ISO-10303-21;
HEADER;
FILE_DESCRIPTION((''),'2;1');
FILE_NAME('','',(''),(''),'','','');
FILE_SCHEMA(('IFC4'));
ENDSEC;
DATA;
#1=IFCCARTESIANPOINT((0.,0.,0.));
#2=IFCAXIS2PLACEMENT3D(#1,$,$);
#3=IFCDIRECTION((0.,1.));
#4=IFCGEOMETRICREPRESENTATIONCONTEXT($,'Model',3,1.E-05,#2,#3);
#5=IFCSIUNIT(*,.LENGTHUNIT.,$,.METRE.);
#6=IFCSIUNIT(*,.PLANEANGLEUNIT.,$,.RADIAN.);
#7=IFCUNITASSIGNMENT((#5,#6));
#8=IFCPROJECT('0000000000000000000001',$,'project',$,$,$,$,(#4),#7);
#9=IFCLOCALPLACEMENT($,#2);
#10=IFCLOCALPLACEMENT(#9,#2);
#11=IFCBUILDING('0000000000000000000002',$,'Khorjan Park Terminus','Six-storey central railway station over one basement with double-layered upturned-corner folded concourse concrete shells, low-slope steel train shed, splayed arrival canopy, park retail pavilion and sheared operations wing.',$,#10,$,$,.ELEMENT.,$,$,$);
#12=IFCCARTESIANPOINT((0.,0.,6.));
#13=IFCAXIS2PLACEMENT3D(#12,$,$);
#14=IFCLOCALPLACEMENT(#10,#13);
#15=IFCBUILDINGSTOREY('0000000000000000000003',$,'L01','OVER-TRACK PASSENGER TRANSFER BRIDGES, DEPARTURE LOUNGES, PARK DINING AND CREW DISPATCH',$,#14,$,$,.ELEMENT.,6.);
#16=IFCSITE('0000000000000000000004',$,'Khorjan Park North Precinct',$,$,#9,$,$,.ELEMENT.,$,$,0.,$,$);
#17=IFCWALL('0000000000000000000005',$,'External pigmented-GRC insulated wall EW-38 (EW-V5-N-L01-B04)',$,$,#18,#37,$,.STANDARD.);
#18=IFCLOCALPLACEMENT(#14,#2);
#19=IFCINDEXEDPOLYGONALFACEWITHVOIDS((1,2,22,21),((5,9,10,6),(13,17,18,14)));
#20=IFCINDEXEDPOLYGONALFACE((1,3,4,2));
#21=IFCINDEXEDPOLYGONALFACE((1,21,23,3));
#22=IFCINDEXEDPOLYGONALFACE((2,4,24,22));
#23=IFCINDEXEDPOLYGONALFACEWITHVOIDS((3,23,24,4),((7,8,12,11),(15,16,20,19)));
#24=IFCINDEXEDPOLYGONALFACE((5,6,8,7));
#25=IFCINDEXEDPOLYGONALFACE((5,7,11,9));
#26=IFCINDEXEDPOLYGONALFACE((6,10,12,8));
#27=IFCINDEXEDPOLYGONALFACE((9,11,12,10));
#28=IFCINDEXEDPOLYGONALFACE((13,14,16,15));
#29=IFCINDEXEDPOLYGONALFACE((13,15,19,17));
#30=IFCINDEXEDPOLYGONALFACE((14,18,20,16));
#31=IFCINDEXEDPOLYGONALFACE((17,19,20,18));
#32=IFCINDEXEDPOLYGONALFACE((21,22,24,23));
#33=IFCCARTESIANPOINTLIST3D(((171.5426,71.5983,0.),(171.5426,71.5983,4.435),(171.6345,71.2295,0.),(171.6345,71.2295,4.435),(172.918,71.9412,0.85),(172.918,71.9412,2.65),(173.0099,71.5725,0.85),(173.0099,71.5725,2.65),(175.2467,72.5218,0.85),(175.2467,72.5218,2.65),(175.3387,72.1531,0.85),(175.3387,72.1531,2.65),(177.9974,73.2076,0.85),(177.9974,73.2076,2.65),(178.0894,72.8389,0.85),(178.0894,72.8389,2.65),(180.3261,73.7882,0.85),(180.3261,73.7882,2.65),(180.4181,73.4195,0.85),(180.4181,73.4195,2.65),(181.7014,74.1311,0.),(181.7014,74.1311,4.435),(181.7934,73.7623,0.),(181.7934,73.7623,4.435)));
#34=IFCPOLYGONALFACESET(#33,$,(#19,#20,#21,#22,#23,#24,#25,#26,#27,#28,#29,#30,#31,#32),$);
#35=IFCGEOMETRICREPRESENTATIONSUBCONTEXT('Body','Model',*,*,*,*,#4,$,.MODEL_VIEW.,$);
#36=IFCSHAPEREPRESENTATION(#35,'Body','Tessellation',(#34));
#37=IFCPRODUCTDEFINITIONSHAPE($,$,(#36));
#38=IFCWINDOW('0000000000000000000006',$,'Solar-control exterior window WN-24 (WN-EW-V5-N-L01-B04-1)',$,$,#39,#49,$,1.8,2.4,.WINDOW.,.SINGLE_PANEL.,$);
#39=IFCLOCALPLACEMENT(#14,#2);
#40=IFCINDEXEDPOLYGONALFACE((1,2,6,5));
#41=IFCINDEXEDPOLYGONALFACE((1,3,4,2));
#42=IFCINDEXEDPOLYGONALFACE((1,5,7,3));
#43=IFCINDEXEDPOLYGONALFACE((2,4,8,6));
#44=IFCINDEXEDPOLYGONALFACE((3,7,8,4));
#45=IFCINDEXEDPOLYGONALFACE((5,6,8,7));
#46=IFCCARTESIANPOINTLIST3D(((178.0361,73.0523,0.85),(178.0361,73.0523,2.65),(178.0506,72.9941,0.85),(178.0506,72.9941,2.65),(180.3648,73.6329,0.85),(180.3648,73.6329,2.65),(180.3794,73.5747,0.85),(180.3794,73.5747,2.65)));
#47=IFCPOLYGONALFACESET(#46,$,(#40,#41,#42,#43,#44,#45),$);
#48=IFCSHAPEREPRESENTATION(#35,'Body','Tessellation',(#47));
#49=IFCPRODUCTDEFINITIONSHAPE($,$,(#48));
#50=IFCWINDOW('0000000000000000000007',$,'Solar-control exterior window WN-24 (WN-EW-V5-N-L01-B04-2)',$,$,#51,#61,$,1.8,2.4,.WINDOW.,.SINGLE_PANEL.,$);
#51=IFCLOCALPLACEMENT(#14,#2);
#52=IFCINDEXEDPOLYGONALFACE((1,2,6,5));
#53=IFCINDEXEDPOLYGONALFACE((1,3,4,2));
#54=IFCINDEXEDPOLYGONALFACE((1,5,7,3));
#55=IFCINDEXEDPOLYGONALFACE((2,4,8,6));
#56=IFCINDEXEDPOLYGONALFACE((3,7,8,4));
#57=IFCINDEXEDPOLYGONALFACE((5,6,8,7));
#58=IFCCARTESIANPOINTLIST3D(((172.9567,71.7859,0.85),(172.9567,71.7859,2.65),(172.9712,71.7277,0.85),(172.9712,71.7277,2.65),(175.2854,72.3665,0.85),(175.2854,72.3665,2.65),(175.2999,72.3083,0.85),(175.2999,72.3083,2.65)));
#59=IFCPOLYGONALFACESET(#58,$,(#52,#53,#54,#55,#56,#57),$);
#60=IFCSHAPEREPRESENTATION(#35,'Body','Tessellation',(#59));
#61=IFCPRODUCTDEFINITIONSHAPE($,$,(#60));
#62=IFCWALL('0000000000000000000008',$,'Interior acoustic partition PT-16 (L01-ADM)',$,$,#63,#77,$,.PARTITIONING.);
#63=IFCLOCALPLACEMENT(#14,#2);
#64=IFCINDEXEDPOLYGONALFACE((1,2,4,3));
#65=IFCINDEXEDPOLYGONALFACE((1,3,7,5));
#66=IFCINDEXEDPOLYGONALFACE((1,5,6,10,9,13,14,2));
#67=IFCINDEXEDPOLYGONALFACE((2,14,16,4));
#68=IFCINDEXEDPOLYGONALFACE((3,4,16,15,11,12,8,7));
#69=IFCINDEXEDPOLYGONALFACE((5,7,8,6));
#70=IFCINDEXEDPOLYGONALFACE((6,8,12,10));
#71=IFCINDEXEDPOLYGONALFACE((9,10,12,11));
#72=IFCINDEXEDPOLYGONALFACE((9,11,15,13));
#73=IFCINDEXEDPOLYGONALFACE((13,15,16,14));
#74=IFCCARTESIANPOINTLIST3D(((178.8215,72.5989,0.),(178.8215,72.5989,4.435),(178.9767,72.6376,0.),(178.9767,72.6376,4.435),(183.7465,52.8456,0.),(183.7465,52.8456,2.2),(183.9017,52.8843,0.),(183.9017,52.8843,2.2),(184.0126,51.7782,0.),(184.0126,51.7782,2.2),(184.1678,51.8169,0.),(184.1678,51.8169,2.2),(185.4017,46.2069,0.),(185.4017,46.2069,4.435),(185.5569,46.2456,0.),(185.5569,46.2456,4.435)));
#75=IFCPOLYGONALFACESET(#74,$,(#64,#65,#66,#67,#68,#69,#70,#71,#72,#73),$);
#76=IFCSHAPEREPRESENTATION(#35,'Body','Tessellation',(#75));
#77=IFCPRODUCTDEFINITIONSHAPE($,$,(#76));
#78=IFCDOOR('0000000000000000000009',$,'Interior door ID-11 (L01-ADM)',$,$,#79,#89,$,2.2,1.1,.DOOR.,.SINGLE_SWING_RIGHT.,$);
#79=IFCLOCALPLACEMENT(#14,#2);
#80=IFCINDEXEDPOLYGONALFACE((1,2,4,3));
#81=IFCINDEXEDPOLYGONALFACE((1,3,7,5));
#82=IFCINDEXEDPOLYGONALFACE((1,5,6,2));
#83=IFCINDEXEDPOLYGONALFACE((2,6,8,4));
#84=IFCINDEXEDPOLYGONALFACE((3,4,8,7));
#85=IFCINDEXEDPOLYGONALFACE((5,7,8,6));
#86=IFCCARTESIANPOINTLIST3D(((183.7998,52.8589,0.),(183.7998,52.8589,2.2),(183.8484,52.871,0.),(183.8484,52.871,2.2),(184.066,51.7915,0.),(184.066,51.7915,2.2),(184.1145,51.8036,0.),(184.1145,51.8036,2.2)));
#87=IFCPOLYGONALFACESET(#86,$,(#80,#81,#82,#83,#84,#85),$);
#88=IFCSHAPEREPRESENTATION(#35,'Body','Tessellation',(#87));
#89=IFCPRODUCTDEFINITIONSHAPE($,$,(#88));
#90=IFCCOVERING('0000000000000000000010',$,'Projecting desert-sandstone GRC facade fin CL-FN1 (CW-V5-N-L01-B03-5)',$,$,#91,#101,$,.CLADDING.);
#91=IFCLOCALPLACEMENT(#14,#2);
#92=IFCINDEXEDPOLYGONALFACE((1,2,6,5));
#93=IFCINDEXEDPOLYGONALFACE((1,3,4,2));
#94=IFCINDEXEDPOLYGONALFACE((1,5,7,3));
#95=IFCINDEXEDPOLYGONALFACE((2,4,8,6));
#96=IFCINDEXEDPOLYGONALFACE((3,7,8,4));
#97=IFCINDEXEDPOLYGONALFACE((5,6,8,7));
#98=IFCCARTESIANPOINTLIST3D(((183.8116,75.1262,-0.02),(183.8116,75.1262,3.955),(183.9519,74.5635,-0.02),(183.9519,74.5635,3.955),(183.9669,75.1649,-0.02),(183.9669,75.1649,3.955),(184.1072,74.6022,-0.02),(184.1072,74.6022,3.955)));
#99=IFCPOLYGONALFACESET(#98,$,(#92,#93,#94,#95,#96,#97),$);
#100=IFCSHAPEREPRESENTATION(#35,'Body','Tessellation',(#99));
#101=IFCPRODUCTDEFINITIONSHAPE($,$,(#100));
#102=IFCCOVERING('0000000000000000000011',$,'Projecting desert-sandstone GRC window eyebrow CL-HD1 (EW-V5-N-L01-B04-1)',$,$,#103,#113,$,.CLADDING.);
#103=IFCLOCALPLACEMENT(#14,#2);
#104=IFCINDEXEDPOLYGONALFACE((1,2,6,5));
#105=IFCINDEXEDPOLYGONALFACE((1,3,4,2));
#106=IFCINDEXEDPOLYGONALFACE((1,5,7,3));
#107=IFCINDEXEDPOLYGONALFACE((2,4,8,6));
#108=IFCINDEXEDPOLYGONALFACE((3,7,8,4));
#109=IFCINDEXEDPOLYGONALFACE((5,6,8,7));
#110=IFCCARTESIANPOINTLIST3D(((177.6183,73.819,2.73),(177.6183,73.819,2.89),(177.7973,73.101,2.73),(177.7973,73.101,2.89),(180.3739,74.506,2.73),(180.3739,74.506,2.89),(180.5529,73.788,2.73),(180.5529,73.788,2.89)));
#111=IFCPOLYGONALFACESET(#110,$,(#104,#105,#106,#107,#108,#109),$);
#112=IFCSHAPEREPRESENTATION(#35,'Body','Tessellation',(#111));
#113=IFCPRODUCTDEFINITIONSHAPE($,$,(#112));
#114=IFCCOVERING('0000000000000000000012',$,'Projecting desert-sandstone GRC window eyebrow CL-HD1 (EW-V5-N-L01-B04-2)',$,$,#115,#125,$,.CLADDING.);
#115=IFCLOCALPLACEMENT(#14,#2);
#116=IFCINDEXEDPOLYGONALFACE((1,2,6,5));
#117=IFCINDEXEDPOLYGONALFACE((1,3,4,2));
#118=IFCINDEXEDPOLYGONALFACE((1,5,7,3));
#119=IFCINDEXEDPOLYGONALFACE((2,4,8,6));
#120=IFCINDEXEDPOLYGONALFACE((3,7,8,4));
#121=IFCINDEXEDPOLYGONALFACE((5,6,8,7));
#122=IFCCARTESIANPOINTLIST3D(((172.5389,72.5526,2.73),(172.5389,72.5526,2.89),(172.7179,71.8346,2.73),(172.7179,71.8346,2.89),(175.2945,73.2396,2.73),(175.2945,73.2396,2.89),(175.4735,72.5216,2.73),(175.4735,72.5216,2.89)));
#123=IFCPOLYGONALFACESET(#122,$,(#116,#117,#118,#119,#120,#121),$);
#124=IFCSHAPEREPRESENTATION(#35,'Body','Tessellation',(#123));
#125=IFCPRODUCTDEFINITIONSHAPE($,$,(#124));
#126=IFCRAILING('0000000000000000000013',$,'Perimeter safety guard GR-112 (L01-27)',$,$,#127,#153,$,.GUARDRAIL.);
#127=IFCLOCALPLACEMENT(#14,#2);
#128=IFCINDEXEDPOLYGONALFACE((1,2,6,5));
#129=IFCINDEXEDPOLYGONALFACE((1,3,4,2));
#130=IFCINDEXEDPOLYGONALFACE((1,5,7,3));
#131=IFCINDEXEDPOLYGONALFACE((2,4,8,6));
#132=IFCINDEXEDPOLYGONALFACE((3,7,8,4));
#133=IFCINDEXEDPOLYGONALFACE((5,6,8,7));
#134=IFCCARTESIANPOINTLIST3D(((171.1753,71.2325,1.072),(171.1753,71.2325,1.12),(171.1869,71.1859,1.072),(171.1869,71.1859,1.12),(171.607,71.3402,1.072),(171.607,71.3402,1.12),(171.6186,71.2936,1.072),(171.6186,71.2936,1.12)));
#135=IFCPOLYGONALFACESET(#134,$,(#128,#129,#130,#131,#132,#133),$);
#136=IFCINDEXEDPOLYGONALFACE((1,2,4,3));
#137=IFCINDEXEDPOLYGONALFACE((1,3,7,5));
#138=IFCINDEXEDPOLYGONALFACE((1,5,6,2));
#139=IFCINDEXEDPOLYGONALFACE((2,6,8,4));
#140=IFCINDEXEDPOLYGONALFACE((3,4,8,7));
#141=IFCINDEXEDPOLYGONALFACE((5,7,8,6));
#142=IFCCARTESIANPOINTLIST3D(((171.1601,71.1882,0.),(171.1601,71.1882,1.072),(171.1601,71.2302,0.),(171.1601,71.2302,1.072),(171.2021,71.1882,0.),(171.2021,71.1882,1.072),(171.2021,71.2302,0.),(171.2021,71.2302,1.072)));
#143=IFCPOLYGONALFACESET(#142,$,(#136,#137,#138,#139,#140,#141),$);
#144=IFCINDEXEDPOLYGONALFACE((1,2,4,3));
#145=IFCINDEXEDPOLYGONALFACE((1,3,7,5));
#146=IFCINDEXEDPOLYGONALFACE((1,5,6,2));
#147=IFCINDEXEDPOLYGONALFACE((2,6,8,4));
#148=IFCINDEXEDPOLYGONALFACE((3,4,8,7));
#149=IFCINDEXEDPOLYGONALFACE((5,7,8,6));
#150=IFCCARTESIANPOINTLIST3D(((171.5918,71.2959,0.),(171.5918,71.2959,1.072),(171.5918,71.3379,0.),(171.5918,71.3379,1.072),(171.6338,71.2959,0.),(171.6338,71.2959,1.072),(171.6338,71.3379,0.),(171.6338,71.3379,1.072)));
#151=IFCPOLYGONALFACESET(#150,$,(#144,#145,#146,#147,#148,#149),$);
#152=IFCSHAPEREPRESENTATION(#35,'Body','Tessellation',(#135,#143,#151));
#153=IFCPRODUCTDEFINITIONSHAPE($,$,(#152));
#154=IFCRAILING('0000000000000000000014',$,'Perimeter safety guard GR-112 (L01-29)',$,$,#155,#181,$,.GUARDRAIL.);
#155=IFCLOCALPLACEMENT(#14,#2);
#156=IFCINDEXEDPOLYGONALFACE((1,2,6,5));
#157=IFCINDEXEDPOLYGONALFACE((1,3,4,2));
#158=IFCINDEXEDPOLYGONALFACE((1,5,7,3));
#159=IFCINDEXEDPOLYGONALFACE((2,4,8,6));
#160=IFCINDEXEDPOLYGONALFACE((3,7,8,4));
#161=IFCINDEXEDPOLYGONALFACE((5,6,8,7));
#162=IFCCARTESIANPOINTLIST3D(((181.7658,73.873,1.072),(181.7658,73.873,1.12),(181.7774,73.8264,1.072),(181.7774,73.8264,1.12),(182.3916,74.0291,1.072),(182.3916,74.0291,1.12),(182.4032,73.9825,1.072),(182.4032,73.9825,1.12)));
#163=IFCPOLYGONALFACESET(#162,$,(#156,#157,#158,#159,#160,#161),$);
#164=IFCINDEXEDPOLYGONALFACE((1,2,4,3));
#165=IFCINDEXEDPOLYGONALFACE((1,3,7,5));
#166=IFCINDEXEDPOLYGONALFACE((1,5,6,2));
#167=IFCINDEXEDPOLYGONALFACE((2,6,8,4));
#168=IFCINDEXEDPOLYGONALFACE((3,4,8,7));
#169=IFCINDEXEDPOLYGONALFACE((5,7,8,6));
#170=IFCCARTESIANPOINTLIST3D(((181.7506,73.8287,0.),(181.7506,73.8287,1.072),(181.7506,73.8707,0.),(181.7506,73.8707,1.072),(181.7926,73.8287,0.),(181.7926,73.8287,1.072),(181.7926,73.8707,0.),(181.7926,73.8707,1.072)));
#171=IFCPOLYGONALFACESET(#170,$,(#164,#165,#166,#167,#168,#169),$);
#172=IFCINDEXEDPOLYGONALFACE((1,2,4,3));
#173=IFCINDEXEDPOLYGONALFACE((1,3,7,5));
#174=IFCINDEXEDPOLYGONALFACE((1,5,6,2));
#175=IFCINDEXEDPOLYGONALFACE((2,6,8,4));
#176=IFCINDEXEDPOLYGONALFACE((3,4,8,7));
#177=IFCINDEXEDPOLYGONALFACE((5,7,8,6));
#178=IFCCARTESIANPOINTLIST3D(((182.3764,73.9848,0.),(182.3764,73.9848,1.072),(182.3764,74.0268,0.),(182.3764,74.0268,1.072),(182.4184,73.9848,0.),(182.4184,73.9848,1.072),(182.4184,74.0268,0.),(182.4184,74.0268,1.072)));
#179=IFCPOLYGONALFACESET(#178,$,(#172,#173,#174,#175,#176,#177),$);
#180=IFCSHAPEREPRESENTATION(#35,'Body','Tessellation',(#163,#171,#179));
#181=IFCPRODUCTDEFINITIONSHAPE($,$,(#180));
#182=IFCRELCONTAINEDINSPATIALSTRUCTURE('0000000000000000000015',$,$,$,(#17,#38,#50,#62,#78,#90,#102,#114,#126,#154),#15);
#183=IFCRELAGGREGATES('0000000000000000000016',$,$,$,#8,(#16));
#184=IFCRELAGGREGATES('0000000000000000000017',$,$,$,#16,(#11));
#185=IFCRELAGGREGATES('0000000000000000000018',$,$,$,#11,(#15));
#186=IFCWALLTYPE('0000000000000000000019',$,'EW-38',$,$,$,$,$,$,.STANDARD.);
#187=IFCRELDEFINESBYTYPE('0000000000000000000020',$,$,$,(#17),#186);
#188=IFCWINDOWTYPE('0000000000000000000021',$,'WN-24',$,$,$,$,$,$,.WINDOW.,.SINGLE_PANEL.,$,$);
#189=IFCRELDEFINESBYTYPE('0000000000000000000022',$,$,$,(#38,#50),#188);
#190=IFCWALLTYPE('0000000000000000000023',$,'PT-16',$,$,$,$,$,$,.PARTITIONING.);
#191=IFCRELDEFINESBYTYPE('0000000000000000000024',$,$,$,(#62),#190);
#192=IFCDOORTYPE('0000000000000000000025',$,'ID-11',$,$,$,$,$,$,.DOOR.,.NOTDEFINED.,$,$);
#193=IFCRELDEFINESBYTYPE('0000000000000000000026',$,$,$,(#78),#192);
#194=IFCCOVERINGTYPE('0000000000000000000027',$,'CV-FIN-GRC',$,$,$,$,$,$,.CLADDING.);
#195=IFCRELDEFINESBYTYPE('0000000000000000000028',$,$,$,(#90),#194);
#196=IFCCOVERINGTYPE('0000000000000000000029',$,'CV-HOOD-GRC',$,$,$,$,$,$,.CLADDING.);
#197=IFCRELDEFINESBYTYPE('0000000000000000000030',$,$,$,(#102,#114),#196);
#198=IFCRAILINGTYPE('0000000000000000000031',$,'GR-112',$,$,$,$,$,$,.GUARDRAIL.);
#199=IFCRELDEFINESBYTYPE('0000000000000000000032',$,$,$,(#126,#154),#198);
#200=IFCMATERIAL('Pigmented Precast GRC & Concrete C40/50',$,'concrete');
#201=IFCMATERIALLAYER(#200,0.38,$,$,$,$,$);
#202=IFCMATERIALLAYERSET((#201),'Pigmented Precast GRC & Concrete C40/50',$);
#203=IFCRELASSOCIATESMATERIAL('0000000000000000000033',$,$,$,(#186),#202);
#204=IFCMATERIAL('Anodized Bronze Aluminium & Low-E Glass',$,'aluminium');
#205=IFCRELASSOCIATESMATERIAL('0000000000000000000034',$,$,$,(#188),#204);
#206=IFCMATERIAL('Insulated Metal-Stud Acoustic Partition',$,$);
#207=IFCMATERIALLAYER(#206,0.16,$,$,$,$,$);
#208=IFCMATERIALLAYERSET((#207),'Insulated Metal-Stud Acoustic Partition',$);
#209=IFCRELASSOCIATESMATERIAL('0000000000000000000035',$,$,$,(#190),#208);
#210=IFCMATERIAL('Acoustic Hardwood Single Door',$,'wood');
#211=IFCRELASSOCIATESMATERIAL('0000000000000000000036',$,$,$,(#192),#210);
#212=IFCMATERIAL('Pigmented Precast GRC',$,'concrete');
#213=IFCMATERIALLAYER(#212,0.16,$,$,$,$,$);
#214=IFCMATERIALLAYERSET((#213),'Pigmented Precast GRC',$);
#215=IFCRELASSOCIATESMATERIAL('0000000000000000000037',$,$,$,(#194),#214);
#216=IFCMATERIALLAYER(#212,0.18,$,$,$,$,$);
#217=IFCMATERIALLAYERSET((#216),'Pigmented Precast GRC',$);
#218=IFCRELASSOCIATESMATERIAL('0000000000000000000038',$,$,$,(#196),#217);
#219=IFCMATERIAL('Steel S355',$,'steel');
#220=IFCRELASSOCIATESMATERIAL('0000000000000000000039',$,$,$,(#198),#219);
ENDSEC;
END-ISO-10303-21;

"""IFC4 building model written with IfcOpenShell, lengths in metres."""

from ifc_helpers import new_model, si_unit, direction, frame, frame_2d, origin, origin_2d, place, context, subcontext, project, spatial, rectangle, extrude, material, layer, layer_set, type_object, element, fill, save


model = new_model("IFC4")

# Units and contexts
model_context = context("Model", 3, precision=1e-05, world=origin(), true_north=direction((0.0, 1.0)))
body_context = subcontext(model_context, "Body", "Model", "MODEL_VIEW")
ifc_project = project(units=[si_unit("LENGTHUNIT", "METRE"), si_unit("PLANEANGLEUNIT", "RADIAN")], contexts=[model_context])

# Site, building, storey
site_placement = place(None, origin())
site = spatial("IfcSite", under=ifc_project, at=site_placement, Name="Khorjan Park North Precinct", CompositionType="ELEMENT", RefElevation=0.0)
building_placement = place(site_placement, origin())
building = spatial("IfcBuilding", under=site, at=building_placement, Name="Khorjan Park Terminus", Description="Six-storey central railway station over one basement with double-layered upturned-corner folded concourse concrete shells, low-slope steel train shed, splayed arrival canopy, park retail pavilion and sheared operations wing.", CompositionType="ELEMENT")
storey_placement = place(building_placement, frame((0.0, 0.0, 6.0)))
storey = spatial("IfcBuildingStorey", under=building, at=storey_placement, Name="L01", Description="OVER-TRACK PASSENGER TRANSFER BRIDGES, DEPARTURE LOUNGES, PARK DINING AND CREW DISPATCH", CompositionType="ELEMENT", Elevation=6.0)

# Shared definitions
ifc_material_1 = material(Name="Steel S355", Category="steel")

# Wall, openings, windows
ifc_material_2 = material(Name="Pigmented Precast GRC & Concrete C40/50", Category="concrete")
ifc_layer_1 = layer(ifc_material_2, 0.38)
ifc_layer_set_1 = layer_set([ifc_layer_1], Name="Pigmented Precast GRC & Concrete C40/50")
wall_type_1 = type_object("IfcWallType", Name="EW-38", PredefinedType="STANDARD", material=ifc_layer_set_1)
wall_1_placement = place(storey_placement, frame((181.7474, 73.9467, 0.0), z_axis=(0.0, 0.0, 1.0), x_axis=(-0.970297, -0.241915, 0.0)))
wall_1 = element("IfcWall", 1, at=wall_1_placement, inside=storey, type_object=wall_type_1, Name="External pigmented-GRC insulated wall EW-38 (EW-V5-N-L01-B04)", PredefinedType="STANDARD", context=body_context, shape_type="SweptSolid", body=[
    extrude(rectangle(XDim=10.4698, YDim=0.38, at=frame_2d((5.2349, 0.0))), origin(), (0.0, 0.0, 1.0), 4.435),
])
opening_1_placement = place(wall_1_placement, frame((1.4174, 0.0, 0.85)))
opening_1 = element("IfcOpeningElement", 2, at=opening_1_placement, cuts=wall_1, PredefinedType="OPENING", context=body_context, shape_type="SweptSolid", body=[
    extrude(rectangle(XDim=2.4, YDim=1.8, at=frame_2d((1.2, 0.9))), frame((0.0, 0.2, 0.0), z_axis=(0.0, -1.0, 0.0), x_axis=(1.0, 0.0, 0.0)), (0.0, 0.0, 1.0), 0.4),
])
opening_2_placement = place(wall_1_placement, frame((6.6523, 0.0, 0.85)))
opening_2 = element("IfcOpeningElement", 3, at=opening_2_placement, cuts=wall_1, PredefinedType="OPENING", context=body_context, shape_type="SweptSolid", body=[
    extrude(rectangle(XDim=2.4, YDim=1.8, at=frame_2d((1.2, 0.9))), frame((0.0, 0.2, 0.0), z_axis=(0.0, -1.0, 0.0), x_axis=(1.0, 0.0, 0.0)), (0.0, 0.0, 1.0), 0.4),
])
ifc_material_3 = material(Name="Anodized Bronze Aluminium & Low-E Glass", Category="aluminium")
window_type = type_object("IfcWindowType", Name="WN-24", PartitioningType="SINGLE_PANEL", PredefinedType="WINDOW", material=ifc_material_3)
window_1_placement = place(opening_1_placement, origin())
window_1 = element("IfcWindow", 4, at=window_1_placement, inside=storey, type_object=window_type, Name="Solar-control exterior window WN-24 (WN-EW-V5-N-L01-B04-1)", OverallHeight=1.8, OverallWidth=2.4, PartitioningType="SINGLE_PANEL", PredefinedType="WINDOW", context=body_context, shape_type="SweptSolid", body=[
    extrude(rectangle(XDim=2.4, YDim=1.8, at=frame_2d((1.2, 0.9))), frame((0.0, 0.03, 0.0), z_axis=(0.0, -1.0, 0.0), x_axis=(1.0, 0.0, 0.0)), (0.0, 0.0, 1.0), 0.06),
])
fill(opening_1, window_1)
window_2_placement = place(opening_2_placement, origin())
window_2 = element("IfcWindow", 5, at=window_2_placement, inside=storey, type_object=window_type, Name="Solar-control exterior window WN-24 (WN-EW-V5-N-L01-B04-2)", OverallHeight=1.8, OverallWidth=2.4, PartitioningType="SINGLE_PANEL", PredefinedType="WINDOW", context=body_context, shape_type="SweptSolid", body=[
    extrude(rectangle(XDim=2.4, YDim=1.8, at=frame_2d((1.2, 0.9))), frame((0.0, 0.03, 0.0), z_axis=(0.0, -1.0, 0.0), x_axis=(1.0, 0.0, 0.0)), (0.0, 0.0, 1.0), 0.06),
])
fill(opening_2, window_2)

# Wall, opening, door
ifc_material_4 = material(Name="Insulated Metal-Stud Acoustic Partition")
ifc_layer_2 = layer(ifc_material_4, 0.16)
ifc_layer_set_2 = layer_set([ifc_layer_2], Name="Insulated Metal-Stud Acoustic Partition")
wall_type_2 = type_object("IfcWallType", Name="PT-16", PredefinedType="PARTITIONING", material=ifc_layer_set_2)
wall_2_placement = place(storey_placement, frame((178.8991, 72.6182, 0.0), z_axis=(0.0, 0.0, 1.0), x_axis=(0.24192, -0.970296, 0.0)))
wall_2 = element("IfcWall", 6, at=wall_2_placement, inside=storey, type_object=wall_type_2, Name="Interior acoustic partition PT-16 (L01-ADM)", PredefinedType="PARTITIONING", context=body_context, shape_type="SweptSolid", body=[
    extrude(rectangle(XDim=27.1999, YDim=0.16, at=frame_2d((13.5999, 0.0))), origin(), (0.0, 0.0, 1.0), 4.435),
])
opening_3_placement = place(wall_2_placement, frame((20.358, 0.0, 0.0)))
opening_3 = element("IfcOpeningElement", 7, at=opening_3_placement, cuts=wall_2, PredefinedType="OPENING", context=body_context, shape_type="SweptSolid", body=[
    extrude(rectangle(XDim=1.1, YDim=2.2, at=frame_2d((0.55, 1.1))), frame((0.0, 0.09, 0.0), z_axis=(0.0, -1.0, 0.0), x_axis=(1.0, 0.0, 0.0)), (0.0, 0.0, 1.0), 0.18),
])
ifc_material_5 = material(Name="Acoustic Hardwood Single Door", Category="wood")
door_type = type_object("IfcDoorType", Name="ID-11", OperationType="NOTDEFINED", PredefinedType="DOOR", material=ifc_material_5)
door_placement = place(opening_3_placement, origin())
door = element("IfcDoor", 8, at=door_placement, inside=storey, type_object=door_type, Name="Interior door ID-11 (L01-ADM)", OperationType="SINGLE_SWING_RIGHT", OverallHeight=2.2, OverallWidth=1.1, PredefinedType="DOOR", context=body_context, shape_type="SweptSolid", body=[
    extrude(rectangle(XDim=1.1, YDim=2.2, at=frame_2d((0.55, 1.1))), frame((0.0, 0.025, 0.0), z_axis=(0.0, -1.0, 0.0), x_axis=(1.0, 0.0, 0.0)), (0.0, 0.0, 1.0), 0.05),
])
fill(opening_3, door)

# Coverings
ifc_material_6 = material(Name="Pigmented Precast GRC", Category="concrete")
ifc_layer_3 = layer(ifc_material_6, 0.16)
ifc_layer_set_3 = layer_set([ifc_layer_3], Name="Pigmented Precast GRC")
covering_type_1 = type_object("IfcCoveringType", Name="CV-FIN-GRC", PredefinedType="CLADDING", material=ifc_layer_set_3)
covering_placement = place(storey_placement, frame((183.9594, 74.8642, -0.02), z_axis=(0.0, 0.0, 1.0), x_axis=(0.241922, -0.970296, 0.0)))
element("IfcCovering", 9, at=covering_placement, inside=storey, type_object=covering_type_1, Name="Projecting desert-sandstone GRC facade fin CL-FN1 (CW-V5-N-L01-B03-5)", PredefinedType="CLADDING", context=body_context, shape_type="SweptSolid", body=[
    extrude(rectangle(XDim=0.58, YDim=0.16, at=origin_2d()), origin(), (0.0, 0.0, 1.0), 3.975),
])
ifc_layer_4 = layer(ifc_material_6, 0.18)
ifc_layer_set_4 = layer_set([ifc_layer_4], Name="Pigmented Precast GRC")
covering_type_2 = type_object("IfcCoveringType", Name="CV-HOOD-GRC", PredefinedType="CLADDING", material=ifc_layer_set_4)
for number, where, z_axis, x_axis, name in (
    (10, (179.0856, 73.8035, 2.73), (0.0, 0.0, 1.0), (-0.970297, -0.241915, 0.0), "Projecting desert-sandstone GRC window eyebrow CL-HD1 (EW-V5-N-L01-B04-1)"),
    (11, (174.0062, 72.5371, 2.73), (0.0, 0.0, 1.0), (-0.970297, -0.241915, 0.0), "Projecting desert-sandstone GRC window eyebrow CL-HD1 (EW-V5-N-L01-B04-2)"),
):
    element("IfcCovering", number, at=place(storey_placement, frame(where, z_axis=z_axis, x_axis=x_axis)), inside=storey, type_object=covering_type_2, Name=name, PredefinedType="CLADDING", context=body_context, shape_type="SweptSolid", body=[
        extrude(rectangle(XDim=2.84, YDim=0.74, at=origin_2d()), origin(), (0.0, 0.0, 1.0), 0.16),
    ])

# Railings
railing_type = type_object("IfcRailingType", Name="GR-112", PredefinedType="GUARDRAIL", material=ifc_material_1)
railing_1_placement = place(storey_placement, frame((171.1811, 71.2092, 0.0)))
element("IfcRailing", 12, at=railing_1_placement, inside=storey, type_object=railing_type, Name="Perimeter safety guard GR-112 (L01-27)", PredefinedType="GUARDRAIL", context=body_context, shape_type="SweptSolid", body=[
    extrude(rectangle(XDim=0.048, YDim=0.048, at=origin_2d()), frame((0.0, 0.0, 1.096), z_axis=(0.970261, 0.24206, 0.0), x_axis=(-0.24206, 0.970261, 0.0)), (0.0, 0.0, 1.0), 0.4449),
    extrude(rectangle(XDim=0.042, YDim=0.042, at=origin_2d()), origin(), (0.0, 0.0, 1.0), 1.072),
    extrude(rectangle(XDim=0.042, YDim=0.042, at=origin_2d()), frame((0.4317, 0.1077, 0.0)), (0.0, 0.0, 1.0), 1.072),
])
railing_2_placement = place(storey_placement, frame((181.7716, 73.8497, 0.0)))
element("IfcRailing", 13, at=railing_2_placement, inside=storey, type_object=railing_type, Name="Perimeter safety guard GR-112 (L01-29)", PredefinedType="GUARDRAIL", context=body_context, shape_type="SweptSolid", body=[
    extrude(rectangle(XDim=0.048, YDim=0.048, at=origin_2d()), frame((0.0, 0.0, 1.096), z_axis=(0.97027, 0.242025, 0.0), x_axis=(-0.242025, 0.97027, 0.0)), (0.0, 0.0, 1.0), 0.645),
    extrude(rectangle(XDim=0.042, YDim=0.042, at=origin_2d()), origin(), (0.0, 0.0, 1.0), 1.072),
    extrude(rectangle(XDim=0.042, YDim=0.042, at=origin_2d()), frame((0.6258, 0.1561, 0.0)), (0.0, 0.0, 1.0), 1.072),
])

save(model, "model.ifc")
